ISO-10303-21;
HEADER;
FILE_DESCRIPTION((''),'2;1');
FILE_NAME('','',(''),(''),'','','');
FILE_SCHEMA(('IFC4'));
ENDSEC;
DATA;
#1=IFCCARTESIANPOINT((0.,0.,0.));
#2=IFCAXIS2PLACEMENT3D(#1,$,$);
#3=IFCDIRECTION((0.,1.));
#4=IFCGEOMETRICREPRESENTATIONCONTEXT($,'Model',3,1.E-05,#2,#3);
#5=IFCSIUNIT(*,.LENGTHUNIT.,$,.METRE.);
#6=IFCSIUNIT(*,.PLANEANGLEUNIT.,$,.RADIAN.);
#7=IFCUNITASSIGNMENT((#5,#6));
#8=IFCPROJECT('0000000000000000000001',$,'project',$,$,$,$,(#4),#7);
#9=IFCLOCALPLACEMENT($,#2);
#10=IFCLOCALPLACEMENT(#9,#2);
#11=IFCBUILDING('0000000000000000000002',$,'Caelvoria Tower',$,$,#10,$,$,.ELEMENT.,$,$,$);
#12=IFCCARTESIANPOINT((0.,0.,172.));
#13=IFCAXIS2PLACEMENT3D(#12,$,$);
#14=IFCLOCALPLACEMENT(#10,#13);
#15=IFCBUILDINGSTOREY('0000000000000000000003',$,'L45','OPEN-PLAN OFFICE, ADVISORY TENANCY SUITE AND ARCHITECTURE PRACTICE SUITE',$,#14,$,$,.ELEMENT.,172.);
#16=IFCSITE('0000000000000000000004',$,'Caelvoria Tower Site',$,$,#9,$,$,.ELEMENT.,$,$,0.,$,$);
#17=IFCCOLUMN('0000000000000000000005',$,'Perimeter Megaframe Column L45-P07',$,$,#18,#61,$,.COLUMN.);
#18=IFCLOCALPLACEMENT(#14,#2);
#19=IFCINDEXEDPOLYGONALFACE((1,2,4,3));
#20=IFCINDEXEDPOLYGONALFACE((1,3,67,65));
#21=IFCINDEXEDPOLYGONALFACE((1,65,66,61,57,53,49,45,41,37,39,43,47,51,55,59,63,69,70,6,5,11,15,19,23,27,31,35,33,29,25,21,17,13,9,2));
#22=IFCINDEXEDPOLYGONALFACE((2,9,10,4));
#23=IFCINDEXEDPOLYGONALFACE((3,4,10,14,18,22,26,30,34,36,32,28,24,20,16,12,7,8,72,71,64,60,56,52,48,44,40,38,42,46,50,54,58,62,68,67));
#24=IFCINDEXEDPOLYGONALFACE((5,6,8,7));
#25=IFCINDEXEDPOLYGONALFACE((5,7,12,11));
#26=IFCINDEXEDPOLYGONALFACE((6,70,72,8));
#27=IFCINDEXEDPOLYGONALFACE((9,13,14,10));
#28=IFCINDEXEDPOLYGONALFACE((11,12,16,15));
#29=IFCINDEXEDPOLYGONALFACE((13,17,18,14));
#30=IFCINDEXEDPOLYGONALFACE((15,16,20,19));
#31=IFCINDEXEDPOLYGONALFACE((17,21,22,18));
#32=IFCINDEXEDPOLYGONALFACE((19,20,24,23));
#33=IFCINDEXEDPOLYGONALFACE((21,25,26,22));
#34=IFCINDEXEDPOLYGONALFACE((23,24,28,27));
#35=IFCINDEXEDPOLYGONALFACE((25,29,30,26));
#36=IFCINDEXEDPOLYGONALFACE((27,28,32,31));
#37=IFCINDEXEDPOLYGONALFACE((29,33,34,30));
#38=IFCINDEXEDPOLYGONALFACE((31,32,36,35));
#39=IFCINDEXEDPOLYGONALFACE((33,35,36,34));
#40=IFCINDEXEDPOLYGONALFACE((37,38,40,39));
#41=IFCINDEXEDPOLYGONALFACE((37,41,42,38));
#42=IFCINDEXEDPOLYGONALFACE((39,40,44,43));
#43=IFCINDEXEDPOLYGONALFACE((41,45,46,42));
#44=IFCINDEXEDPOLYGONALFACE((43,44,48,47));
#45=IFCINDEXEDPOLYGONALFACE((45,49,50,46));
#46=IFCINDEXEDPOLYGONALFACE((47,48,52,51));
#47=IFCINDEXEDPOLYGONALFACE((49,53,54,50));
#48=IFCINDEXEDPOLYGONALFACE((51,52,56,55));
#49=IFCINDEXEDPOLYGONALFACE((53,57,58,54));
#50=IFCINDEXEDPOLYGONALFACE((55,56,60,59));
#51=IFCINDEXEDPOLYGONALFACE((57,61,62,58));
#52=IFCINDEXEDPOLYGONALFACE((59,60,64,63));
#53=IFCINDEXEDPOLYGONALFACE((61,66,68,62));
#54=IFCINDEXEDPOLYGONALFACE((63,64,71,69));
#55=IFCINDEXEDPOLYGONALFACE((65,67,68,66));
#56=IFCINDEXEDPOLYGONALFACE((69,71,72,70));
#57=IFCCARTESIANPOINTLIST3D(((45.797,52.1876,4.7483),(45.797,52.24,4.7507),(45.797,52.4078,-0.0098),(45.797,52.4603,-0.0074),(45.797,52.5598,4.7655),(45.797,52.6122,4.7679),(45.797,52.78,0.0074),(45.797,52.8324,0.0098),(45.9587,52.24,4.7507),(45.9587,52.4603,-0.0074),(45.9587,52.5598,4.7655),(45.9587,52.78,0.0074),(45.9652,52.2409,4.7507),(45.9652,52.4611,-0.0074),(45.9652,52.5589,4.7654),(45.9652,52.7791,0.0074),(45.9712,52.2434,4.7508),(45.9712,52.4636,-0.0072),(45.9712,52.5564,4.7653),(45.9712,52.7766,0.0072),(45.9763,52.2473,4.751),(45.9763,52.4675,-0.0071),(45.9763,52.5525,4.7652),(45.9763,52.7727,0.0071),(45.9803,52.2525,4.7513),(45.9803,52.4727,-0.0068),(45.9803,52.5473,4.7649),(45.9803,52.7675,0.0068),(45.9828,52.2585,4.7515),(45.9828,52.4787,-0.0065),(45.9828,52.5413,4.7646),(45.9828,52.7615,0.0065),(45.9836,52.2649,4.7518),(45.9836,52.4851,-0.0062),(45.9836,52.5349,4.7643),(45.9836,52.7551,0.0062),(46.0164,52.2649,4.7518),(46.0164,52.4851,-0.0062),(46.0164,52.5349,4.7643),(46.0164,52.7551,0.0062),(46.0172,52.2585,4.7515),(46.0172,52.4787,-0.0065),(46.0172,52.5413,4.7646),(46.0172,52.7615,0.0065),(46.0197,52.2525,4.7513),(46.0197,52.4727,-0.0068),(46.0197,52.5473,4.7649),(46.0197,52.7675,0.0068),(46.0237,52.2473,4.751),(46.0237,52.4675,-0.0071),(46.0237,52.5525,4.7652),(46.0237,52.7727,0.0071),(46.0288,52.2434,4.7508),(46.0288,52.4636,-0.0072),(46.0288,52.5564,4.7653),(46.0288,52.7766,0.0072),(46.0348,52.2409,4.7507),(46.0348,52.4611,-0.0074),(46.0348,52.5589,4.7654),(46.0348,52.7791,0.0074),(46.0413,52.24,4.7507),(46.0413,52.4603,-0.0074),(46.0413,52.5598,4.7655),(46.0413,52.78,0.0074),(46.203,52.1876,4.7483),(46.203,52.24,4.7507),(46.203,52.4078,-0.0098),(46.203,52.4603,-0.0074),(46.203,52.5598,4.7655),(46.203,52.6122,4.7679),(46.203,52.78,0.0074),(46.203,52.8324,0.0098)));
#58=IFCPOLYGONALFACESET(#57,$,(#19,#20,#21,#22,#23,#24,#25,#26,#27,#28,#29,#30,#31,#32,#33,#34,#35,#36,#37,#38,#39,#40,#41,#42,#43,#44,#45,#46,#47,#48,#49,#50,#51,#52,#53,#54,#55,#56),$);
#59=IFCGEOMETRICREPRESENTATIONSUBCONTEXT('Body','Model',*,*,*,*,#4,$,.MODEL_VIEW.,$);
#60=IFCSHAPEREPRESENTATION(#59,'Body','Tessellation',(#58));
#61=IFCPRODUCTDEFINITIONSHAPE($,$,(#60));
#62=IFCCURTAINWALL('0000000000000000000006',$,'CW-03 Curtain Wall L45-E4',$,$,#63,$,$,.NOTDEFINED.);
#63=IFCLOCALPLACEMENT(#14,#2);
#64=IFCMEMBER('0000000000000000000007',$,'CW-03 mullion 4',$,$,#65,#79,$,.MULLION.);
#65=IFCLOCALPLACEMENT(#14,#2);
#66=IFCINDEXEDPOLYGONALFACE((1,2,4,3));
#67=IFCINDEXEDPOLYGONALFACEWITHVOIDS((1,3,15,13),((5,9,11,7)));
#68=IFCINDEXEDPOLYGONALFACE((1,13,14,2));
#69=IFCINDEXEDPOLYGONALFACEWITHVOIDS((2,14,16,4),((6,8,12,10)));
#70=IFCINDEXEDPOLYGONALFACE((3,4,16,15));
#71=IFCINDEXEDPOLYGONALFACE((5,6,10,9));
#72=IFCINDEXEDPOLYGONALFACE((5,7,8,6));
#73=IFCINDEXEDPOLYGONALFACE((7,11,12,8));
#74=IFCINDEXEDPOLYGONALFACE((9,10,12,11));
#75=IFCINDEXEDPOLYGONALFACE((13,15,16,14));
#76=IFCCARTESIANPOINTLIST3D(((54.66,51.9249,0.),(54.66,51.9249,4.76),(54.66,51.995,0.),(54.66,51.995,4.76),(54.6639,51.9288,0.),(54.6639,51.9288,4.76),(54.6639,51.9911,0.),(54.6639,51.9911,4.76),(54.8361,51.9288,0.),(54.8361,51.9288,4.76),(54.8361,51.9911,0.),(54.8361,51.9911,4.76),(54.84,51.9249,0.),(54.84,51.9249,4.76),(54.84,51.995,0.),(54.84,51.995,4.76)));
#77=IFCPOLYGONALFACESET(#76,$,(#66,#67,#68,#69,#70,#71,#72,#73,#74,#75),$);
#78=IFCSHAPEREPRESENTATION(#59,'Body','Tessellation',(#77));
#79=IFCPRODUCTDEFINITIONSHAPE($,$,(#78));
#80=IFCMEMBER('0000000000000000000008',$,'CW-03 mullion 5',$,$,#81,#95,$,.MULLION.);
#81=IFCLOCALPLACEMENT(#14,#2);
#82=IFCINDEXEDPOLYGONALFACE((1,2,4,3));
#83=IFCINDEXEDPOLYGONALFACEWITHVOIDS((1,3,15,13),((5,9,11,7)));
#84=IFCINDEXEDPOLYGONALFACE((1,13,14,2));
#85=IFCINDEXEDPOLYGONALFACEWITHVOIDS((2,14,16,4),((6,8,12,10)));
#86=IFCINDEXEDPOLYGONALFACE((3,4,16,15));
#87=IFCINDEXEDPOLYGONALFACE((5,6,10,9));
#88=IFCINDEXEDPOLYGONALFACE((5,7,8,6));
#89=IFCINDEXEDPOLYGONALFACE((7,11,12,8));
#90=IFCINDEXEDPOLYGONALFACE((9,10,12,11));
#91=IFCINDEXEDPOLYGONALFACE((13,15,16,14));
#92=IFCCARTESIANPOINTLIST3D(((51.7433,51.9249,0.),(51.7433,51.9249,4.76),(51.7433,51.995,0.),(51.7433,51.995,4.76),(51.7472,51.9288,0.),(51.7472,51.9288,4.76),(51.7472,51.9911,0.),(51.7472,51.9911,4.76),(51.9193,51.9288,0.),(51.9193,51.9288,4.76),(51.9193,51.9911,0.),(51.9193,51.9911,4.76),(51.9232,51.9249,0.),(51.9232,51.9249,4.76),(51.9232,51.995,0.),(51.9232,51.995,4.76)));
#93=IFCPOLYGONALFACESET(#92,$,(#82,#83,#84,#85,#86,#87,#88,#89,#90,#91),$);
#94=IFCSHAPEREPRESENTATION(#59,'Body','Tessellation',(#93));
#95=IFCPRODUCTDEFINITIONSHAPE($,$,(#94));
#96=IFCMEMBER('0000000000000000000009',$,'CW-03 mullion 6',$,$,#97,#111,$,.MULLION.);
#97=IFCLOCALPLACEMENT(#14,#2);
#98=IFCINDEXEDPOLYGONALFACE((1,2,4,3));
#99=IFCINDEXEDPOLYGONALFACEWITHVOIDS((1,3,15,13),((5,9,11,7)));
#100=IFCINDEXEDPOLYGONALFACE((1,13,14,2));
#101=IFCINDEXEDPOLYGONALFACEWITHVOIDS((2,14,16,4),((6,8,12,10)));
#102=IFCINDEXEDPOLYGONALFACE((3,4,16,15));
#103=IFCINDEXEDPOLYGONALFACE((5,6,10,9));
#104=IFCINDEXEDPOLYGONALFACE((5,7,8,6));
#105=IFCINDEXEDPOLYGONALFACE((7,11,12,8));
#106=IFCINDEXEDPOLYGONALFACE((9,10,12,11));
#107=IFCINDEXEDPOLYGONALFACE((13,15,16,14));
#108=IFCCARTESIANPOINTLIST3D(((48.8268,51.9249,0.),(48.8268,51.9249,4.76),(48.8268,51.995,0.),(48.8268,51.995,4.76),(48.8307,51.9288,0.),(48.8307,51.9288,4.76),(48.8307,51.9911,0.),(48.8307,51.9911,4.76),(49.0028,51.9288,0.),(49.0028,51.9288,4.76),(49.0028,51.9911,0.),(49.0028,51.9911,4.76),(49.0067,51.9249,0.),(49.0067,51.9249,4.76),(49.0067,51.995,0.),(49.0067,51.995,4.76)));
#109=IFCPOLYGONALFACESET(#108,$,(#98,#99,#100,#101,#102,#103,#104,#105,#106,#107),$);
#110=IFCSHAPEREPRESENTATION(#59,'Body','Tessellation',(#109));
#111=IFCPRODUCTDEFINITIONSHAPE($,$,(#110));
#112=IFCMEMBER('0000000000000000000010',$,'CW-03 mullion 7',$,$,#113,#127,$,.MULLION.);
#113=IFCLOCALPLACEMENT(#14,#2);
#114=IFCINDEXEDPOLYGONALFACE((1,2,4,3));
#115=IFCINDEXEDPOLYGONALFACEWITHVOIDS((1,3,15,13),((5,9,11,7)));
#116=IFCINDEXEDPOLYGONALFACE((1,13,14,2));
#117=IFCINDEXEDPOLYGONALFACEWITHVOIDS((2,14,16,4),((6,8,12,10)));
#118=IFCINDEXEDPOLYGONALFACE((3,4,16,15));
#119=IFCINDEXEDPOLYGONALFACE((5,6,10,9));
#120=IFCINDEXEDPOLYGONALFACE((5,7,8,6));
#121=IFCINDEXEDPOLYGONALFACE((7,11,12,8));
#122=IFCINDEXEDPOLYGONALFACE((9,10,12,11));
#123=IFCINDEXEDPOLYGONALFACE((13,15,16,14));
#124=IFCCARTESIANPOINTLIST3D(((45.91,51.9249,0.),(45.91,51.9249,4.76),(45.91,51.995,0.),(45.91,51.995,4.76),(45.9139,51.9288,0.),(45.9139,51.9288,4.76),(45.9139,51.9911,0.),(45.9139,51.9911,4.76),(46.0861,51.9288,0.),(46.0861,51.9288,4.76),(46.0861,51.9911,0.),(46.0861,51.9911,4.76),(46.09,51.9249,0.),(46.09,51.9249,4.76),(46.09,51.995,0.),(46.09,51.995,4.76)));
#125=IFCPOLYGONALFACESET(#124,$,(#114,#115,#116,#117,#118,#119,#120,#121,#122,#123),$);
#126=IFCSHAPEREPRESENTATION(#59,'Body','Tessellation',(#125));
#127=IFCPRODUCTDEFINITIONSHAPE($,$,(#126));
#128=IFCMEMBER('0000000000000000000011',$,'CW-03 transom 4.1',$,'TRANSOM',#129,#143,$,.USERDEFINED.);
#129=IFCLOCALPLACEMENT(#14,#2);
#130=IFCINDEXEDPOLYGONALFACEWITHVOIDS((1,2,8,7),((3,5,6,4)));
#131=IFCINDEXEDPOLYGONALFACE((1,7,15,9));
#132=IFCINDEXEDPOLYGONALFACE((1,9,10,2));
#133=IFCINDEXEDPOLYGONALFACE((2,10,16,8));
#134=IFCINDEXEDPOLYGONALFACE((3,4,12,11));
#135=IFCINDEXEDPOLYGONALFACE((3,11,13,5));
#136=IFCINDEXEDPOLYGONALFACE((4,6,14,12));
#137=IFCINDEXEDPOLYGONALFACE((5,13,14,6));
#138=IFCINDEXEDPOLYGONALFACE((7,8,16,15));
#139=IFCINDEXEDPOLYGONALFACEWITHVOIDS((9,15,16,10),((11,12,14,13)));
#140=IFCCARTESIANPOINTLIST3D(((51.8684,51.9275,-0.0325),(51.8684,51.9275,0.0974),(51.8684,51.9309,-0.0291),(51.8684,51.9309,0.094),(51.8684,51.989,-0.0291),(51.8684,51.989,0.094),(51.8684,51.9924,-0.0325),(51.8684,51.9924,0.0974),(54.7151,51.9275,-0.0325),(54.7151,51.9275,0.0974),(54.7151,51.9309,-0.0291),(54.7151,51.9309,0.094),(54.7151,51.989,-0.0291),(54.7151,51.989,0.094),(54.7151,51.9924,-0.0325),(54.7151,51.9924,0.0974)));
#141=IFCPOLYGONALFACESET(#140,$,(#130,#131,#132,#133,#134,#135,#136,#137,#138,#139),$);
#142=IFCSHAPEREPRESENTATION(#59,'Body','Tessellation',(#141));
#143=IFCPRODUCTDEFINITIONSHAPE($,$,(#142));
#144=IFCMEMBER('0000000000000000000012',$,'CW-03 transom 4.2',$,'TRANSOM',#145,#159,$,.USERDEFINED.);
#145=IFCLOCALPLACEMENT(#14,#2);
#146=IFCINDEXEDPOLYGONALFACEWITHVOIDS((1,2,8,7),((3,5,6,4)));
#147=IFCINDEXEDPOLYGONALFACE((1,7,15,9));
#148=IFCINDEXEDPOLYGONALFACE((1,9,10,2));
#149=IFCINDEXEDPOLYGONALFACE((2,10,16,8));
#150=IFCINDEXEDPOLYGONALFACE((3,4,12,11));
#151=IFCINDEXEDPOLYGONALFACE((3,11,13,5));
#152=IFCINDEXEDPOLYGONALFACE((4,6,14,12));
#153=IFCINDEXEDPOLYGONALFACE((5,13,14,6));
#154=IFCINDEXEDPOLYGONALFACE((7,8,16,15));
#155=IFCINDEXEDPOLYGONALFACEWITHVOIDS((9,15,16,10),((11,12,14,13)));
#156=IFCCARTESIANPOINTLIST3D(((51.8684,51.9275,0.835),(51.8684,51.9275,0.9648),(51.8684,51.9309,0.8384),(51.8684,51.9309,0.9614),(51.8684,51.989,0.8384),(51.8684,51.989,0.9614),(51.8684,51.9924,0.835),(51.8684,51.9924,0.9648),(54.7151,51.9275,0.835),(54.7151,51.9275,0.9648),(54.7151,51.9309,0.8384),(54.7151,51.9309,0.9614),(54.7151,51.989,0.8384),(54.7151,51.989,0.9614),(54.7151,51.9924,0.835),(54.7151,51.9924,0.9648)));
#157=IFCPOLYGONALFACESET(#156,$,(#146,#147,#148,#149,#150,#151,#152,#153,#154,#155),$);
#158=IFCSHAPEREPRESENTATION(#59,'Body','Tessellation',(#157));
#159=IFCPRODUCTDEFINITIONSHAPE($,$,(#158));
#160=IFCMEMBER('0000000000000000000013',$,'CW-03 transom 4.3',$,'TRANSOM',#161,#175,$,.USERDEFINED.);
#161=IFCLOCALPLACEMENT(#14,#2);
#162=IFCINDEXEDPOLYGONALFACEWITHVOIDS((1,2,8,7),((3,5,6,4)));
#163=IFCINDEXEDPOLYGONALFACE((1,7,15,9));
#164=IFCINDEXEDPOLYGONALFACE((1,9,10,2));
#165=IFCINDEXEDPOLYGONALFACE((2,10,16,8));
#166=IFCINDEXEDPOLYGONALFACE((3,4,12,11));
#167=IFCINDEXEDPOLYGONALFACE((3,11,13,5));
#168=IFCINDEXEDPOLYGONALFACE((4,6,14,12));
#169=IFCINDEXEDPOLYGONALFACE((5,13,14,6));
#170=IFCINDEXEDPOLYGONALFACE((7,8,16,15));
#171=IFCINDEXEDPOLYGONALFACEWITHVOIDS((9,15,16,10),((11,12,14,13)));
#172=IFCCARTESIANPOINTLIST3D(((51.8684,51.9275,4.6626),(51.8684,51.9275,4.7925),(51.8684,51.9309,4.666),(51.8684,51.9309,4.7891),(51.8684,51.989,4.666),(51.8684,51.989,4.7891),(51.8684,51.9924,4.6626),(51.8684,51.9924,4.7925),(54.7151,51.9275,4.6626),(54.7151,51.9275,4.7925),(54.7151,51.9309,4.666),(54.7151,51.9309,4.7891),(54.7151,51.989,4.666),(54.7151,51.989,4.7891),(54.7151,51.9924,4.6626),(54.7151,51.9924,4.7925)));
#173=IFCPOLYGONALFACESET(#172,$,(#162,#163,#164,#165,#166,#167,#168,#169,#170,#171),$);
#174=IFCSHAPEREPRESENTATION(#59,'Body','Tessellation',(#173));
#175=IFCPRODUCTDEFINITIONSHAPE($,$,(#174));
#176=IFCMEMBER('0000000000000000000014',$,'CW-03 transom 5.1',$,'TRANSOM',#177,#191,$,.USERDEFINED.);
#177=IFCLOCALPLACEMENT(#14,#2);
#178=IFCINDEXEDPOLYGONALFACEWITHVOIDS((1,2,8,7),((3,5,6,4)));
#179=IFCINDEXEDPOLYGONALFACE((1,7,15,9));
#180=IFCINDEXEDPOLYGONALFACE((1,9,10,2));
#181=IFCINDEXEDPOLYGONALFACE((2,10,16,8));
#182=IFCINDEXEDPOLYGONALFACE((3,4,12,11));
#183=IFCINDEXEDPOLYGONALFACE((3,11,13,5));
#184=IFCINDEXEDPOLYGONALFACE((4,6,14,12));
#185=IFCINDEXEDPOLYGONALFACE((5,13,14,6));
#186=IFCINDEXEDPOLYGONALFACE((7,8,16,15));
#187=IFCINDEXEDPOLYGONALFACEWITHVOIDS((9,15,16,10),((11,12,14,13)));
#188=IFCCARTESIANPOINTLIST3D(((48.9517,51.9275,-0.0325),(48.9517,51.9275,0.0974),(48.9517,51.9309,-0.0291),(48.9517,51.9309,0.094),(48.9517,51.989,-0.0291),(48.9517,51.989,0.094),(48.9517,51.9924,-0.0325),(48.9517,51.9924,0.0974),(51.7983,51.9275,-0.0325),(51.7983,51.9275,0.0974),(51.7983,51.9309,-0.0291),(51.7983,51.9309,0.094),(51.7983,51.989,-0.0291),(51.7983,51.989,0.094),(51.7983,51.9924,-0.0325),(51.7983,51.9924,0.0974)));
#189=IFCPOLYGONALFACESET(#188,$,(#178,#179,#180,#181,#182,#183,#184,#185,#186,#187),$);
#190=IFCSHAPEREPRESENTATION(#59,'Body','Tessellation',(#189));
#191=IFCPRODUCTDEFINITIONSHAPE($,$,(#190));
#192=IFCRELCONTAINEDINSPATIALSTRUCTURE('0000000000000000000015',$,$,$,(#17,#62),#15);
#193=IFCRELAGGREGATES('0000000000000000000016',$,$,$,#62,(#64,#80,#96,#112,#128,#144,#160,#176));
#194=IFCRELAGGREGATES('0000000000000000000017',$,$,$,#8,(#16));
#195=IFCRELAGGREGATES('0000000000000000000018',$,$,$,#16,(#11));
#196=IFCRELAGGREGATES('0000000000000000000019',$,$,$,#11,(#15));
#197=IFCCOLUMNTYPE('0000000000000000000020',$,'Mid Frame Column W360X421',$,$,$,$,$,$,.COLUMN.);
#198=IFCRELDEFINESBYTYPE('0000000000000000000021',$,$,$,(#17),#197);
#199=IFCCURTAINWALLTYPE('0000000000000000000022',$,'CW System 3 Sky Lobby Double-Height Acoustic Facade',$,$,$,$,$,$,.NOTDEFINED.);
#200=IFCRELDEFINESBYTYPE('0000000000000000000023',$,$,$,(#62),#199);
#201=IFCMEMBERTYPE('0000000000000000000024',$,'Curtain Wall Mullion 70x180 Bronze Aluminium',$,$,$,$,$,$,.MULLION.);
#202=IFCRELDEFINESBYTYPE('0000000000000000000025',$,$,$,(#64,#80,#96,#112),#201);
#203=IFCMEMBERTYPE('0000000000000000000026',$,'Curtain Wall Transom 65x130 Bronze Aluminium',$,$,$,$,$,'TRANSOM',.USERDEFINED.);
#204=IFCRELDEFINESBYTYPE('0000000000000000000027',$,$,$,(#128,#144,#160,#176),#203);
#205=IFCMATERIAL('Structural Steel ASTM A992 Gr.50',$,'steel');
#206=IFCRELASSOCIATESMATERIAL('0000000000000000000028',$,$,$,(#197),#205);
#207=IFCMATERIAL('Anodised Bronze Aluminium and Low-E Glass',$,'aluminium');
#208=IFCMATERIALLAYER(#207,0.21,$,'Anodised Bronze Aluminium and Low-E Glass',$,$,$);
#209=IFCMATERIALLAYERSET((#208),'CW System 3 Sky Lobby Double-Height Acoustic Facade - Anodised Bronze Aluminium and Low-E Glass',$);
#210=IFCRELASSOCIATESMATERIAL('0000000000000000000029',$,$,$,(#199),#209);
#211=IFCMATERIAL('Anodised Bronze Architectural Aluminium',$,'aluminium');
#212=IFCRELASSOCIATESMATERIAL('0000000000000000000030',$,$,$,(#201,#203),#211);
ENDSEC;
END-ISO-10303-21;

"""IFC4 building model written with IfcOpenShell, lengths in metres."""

from ifc_helpers import new_model, si_unit, direction, frame, origin, origin_2d, place, context, subcontext, project, spatial, hollow_rectangle, i_section, extrude, material, layer, layer_set, material_profile, profile_set, type_object, element, aggregate, save


model = new_model("IFC4")

# Units and contexts
model_context = context("Model", 3, precision=1e-05, world=origin(), true_north=direction((0.0, 1.0)))
body_context = subcontext(model_context, "Body", "Model", "MODEL_VIEW")
ifc_project = project(units=[si_unit("LENGTHUNIT", "METRE"), si_unit("PLANEANGLEUNIT", "RADIAN")], contexts=[model_context])

# Site, building, storey
site_placement = place(None, origin())
site = spatial("IfcSite", under=ifc_project, at=site_placement, Name="Caelvoria Tower Site", CompositionType="ELEMENT", RefElevation=0.0)
building_placement = place(site_placement, origin())
building = spatial("IfcBuilding", under=site, at=building_placement, Name="Caelvoria Tower", CompositionType="ELEMENT")
storey_placement = place(building_placement, frame((0.0, 0.0, 172.0)))
storey = spatial("IfcBuildingStorey", under=building, at=storey_placement, Name="L45", Description="OPEN-PLAN OFFICE, ADVISORY TENANCY SUITE AND ARCHITECTURE PRACTICE SUITE", CompositionType="ELEMENT", Elevation=172.0)

# Column
ifc_material_1 = material(Name="Structural Steel ASTM A992 Gr.50", Category="steel")
ifc_material_profile_1 = material_profile(ifc_material_1, i_section(OverallWidth=0.406, OverallDepth=0.425, WebThickness=0.0327, FlangeThickness=0.0525, FilletRadius=0.0249, at=origin_2d()), Name="Structural Steel ASTM A992 Gr.50")
ifc_profile_set_1 = profile_set([ifc_material_profile_1], Name="W360X421 - Structural Steel ASTM A992 Gr.50")
column_type = type_object("IfcColumnType", Name="Mid Frame Column W360X421", PredefinedType="COLUMN", material=ifc_profile_set_1)
column_placement = place(storey_placement, frame((46.0, 52.6201, 0.0), z_axis=(0.0, -0.046233, 0.998931), x_axis=(1.0, 0.0, 0.0)))
element("IfcColumn", 1, at=column_placement, inside=storey, type_object=column_type, Name="Perimeter Megaframe Column L45-P07", PredefinedType="COLUMN", context=body_context, shape_type="SweptSolid", body=[
    extrude(i_section(OverallWidth=0.406, OverallDepth=0.425, WebThickness=0.0327, FlangeThickness=0.0525, FilletRadius=0.0249, at=origin_2d()), origin(), (0.0, 0.0, 1.0), 4.7632),
])

# Curtain wall, members
ifc_material_2 = material(Name="Anodised Bronze Aluminium and Low-E Glass", Category="aluminium")
ifc_layer_1 = layer(ifc_material_2, 0.21, Name="Anodised Bronze Aluminium and Low-E Glass")
ifc_layer_set_1 = layer_set([ifc_layer_1], Name="CW System 3 Sky Lobby Double-Height Acoustic Facade - Anodised Bronze Aluminium and Low-E Glass")
curtain_wall_type = type_object("IfcCurtainWallType", Name="CW System 3 Sky Lobby Double-Height Acoustic Facade", PredefinedType="NOTDEFINED", material=ifc_layer_set_1)
curtain_wall_placement = place(storey_placement, origin())
curtain_wall = element("IfcCurtainWall", 2, at=curtain_wall_placement, inside=storey, type_object=curtain_wall_type, Name="CW-03 Curtain Wall L45-E4", PredefinedType="NOTDEFINED")
ifc_material_3 = material(Name="Anodised Bronze Architectural Aluminium", Category="aluminium")
ifc_material_profile_2 = material_profile(ifc_material_3, hollow_rectangle(XDim=0.0701, YDim=0.1799, WallThickness=0.0039, at=origin_2d()), Name="Anodised Bronze Architectural Aluminium")
ifc_profile_set_2 = profile_set([ifc_material_profile_2], Name="CW_MULL_70X180 - Anodised Bronze Architectural Aluminium")
member_type_1 = type_object("IfcMemberType", Name="Curtain Wall Mullion 70x180 Bronze Aluminium", PredefinedType="MULLION", material=ifc_profile_set_2)
member_1_placement = place(storey_placement, frame((54.75, 51.96, 0.0), z_axis=(0.0, 0.0, 1.0), x_axis=(0.0, -1.0, 0.0)))
member_1 = element("IfcMember", 3, at=member_1_placement, type_object=member_type_1, Name="CW-03 mullion 4", PredefinedType="MULLION", context=body_context, shape_type="SweptSolid", body=[
    extrude(hollow_rectangle(XDim=0.0701, YDim=0.1799, WallThickness=0.0039, at=origin_2d()), origin(), (0.0, 0.0, 1.0), 4.76),
])
member_2_placement = place(storey_placement, frame((51.8333, 51.96, 0.0), z_axis=(0.0, 0.0, 1.0), x_axis=(0.0, -1.0, 0.0)))
member_2 = element("IfcMember", 4, at=member_2_placement, type_object=member_type_1, Name="CW-03 mullion 5", PredefinedType="MULLION", context=body_context, shape_type="SweptSolid", body=[
    extrude(hollow_rectangle(XDim=0.0701, YDim=0.1799, WallThickness=0.0039, at=origin_2d()), origin(), (0.0, 0.0, 1.0), 4.76),
])
member_3_placement = place(storey_placement, frame((48.9167, 51.96, 0.0), z_axis=(0.0, 0.0, 1.0), x_axis=(0.0, -1.0, 0.0)))
member_3 = element("IfcMember", 5, at=member_3_placement, type_object=member_type_1, Name="CW-03 mullion 6", PredefinedType="MULLION", context=body_context, shape_type="SweptSolid", body=[
    extrude(hollow_rectangle(XDim=0.0701, YDim=0.1799, WallThickness=0.0039, at=origin_2d()), origin(), (0.0, 0.0, 1.0), 4.76),
])
member_4_placement = place(storey_placement, frame((46.0, 51.96, 0.0), z_axis=(0.0, 0.0, 1.0), x_axis=(0.0, -1.0, 0.0)))
member_4 = element("IfcMember", 6, at=member_4_placement, type_object=member_type_1, Name="CW-03 mullion 7", PredefinedType="MULLION", context=body_context, shape_type="SweptSolid", body=[
    extrude(hollow_rectangle(XDim=0.0701, YDim=0.1799, WallThickness=0.0039, at=origin_2d()), origin(), (0.0, 0.0, 1.0), 4.76),
])
ifc_material_profile_3 = material_profile(ifc_material_3, hollow_rectangle(XDim=0.0649, YDim=0.1299, WallThickness=0.0034, at=origin_2d()), Name="Anodised Bronze Architectural Aluminium")
ifc_profile_set_3 = profile_set([ifc_material_profile_3], Name="CW_TRAN_65X130 - Anodised Bronze Architectural Aluminium")
member_type_2 = type_object("IfcMemberType", Name="Curtain Wall Transom 65x130 Bronze Aluminium", ElementType="TRANSOM", PredefinedType="USERDEFINED", material=ifc_profile_set_3)
member_5_placement = place(storey_placement, frame((54.7151, 51.96, 0.0325), z_axis=(-1.0, 0.0, 0.0), x_axis=(0.0, -1.0, 0.0)))
member_5 = element("IfcMember", 7, at=member_5_placement, type_object=member_type_2, Name="CW-03 transom 4.1", ObjectType="TRANSOM", PredefinedType="USERDEFINED", context=body_context, shape_type="SweptSolid", body=[
    extrude(hollow_rectangle(XDim=0.0649, YDim=0.1299, WallThickness=0.0034, at=origin_2d()), origin(), (0.0, 0.0, 1.0), 2.8467),
])
member_6_placement = place(storey_placement, frame((54.7151, 51.96, 0.8999), z_axis=(-1.0, 0.0, 0.0), x_axis=(0.0, -1.0, 0.0)))
member_6 = element("IfcMember", 8, at=member_6_placement, type_object=member_type_2, Name="CW-03 transom 4.2", ObjectType="TRANSOM", PredefinedType="USERDEFINED", context=body_context, shape_type="SweptSolid", body=[
    extrude(hollow_rectangle(XDim=0.0649, YDim=0.1299, WallThickness=0.0034, at=origin_2d()), origin(), (0.0, 0.0, 1.0), 2.8467),
])
member_7_placement = place(storey_placement, frame((54.7151, 51.96, 4.7275), z_axis=(-1.0, 0.0, 0.0), x_axis=(0.0, -1.0, 0.0)))
member_7 = element("IfcMember", 9, at=member_7_placement, type_object=member_type_2, Name="CW-03 transom 4.3", ObjectType="TRANSOM", PredefinedType="USERDEFINED", context=body_context, shape_type="SweptSolid", body=[
    extrude(hollow_rectangle(XDim=0.0649, YDim=0.1299, WallThickness=0.0034, at=origin_2d()), origin(), (0.0, 0.0, 1.0), 2.8467),
])
member_8_placement = place(storey_placement, frame((51.7983, 51.96, 0.0325), z_axis=(-1.0, 0.0, 0.0), x_axis=(0.0, -1.0, 0.0)))
member_8 = element("IfcMember", 10, at=member_8_placement, type_object=member_type_2, Name="CW-03 transom 5.1", ObjectType="TRANSOM", PredefinedType="USERDEFINED", context=body_context, shape_type="SweptSolid", body=[
    extrude(hollow_rectangle(XDim=0.0649, YDim=0.1299, WallThickness=0.0034, at=origin_2d()), origin(), (0.0, 0.0, 1.0), 2.8467),
])

aggregate(curtain_wall, [member_1, member_2, member_3, member_4, member_5, member_6, member_7, member_8])

save(model, "model.ifc")
